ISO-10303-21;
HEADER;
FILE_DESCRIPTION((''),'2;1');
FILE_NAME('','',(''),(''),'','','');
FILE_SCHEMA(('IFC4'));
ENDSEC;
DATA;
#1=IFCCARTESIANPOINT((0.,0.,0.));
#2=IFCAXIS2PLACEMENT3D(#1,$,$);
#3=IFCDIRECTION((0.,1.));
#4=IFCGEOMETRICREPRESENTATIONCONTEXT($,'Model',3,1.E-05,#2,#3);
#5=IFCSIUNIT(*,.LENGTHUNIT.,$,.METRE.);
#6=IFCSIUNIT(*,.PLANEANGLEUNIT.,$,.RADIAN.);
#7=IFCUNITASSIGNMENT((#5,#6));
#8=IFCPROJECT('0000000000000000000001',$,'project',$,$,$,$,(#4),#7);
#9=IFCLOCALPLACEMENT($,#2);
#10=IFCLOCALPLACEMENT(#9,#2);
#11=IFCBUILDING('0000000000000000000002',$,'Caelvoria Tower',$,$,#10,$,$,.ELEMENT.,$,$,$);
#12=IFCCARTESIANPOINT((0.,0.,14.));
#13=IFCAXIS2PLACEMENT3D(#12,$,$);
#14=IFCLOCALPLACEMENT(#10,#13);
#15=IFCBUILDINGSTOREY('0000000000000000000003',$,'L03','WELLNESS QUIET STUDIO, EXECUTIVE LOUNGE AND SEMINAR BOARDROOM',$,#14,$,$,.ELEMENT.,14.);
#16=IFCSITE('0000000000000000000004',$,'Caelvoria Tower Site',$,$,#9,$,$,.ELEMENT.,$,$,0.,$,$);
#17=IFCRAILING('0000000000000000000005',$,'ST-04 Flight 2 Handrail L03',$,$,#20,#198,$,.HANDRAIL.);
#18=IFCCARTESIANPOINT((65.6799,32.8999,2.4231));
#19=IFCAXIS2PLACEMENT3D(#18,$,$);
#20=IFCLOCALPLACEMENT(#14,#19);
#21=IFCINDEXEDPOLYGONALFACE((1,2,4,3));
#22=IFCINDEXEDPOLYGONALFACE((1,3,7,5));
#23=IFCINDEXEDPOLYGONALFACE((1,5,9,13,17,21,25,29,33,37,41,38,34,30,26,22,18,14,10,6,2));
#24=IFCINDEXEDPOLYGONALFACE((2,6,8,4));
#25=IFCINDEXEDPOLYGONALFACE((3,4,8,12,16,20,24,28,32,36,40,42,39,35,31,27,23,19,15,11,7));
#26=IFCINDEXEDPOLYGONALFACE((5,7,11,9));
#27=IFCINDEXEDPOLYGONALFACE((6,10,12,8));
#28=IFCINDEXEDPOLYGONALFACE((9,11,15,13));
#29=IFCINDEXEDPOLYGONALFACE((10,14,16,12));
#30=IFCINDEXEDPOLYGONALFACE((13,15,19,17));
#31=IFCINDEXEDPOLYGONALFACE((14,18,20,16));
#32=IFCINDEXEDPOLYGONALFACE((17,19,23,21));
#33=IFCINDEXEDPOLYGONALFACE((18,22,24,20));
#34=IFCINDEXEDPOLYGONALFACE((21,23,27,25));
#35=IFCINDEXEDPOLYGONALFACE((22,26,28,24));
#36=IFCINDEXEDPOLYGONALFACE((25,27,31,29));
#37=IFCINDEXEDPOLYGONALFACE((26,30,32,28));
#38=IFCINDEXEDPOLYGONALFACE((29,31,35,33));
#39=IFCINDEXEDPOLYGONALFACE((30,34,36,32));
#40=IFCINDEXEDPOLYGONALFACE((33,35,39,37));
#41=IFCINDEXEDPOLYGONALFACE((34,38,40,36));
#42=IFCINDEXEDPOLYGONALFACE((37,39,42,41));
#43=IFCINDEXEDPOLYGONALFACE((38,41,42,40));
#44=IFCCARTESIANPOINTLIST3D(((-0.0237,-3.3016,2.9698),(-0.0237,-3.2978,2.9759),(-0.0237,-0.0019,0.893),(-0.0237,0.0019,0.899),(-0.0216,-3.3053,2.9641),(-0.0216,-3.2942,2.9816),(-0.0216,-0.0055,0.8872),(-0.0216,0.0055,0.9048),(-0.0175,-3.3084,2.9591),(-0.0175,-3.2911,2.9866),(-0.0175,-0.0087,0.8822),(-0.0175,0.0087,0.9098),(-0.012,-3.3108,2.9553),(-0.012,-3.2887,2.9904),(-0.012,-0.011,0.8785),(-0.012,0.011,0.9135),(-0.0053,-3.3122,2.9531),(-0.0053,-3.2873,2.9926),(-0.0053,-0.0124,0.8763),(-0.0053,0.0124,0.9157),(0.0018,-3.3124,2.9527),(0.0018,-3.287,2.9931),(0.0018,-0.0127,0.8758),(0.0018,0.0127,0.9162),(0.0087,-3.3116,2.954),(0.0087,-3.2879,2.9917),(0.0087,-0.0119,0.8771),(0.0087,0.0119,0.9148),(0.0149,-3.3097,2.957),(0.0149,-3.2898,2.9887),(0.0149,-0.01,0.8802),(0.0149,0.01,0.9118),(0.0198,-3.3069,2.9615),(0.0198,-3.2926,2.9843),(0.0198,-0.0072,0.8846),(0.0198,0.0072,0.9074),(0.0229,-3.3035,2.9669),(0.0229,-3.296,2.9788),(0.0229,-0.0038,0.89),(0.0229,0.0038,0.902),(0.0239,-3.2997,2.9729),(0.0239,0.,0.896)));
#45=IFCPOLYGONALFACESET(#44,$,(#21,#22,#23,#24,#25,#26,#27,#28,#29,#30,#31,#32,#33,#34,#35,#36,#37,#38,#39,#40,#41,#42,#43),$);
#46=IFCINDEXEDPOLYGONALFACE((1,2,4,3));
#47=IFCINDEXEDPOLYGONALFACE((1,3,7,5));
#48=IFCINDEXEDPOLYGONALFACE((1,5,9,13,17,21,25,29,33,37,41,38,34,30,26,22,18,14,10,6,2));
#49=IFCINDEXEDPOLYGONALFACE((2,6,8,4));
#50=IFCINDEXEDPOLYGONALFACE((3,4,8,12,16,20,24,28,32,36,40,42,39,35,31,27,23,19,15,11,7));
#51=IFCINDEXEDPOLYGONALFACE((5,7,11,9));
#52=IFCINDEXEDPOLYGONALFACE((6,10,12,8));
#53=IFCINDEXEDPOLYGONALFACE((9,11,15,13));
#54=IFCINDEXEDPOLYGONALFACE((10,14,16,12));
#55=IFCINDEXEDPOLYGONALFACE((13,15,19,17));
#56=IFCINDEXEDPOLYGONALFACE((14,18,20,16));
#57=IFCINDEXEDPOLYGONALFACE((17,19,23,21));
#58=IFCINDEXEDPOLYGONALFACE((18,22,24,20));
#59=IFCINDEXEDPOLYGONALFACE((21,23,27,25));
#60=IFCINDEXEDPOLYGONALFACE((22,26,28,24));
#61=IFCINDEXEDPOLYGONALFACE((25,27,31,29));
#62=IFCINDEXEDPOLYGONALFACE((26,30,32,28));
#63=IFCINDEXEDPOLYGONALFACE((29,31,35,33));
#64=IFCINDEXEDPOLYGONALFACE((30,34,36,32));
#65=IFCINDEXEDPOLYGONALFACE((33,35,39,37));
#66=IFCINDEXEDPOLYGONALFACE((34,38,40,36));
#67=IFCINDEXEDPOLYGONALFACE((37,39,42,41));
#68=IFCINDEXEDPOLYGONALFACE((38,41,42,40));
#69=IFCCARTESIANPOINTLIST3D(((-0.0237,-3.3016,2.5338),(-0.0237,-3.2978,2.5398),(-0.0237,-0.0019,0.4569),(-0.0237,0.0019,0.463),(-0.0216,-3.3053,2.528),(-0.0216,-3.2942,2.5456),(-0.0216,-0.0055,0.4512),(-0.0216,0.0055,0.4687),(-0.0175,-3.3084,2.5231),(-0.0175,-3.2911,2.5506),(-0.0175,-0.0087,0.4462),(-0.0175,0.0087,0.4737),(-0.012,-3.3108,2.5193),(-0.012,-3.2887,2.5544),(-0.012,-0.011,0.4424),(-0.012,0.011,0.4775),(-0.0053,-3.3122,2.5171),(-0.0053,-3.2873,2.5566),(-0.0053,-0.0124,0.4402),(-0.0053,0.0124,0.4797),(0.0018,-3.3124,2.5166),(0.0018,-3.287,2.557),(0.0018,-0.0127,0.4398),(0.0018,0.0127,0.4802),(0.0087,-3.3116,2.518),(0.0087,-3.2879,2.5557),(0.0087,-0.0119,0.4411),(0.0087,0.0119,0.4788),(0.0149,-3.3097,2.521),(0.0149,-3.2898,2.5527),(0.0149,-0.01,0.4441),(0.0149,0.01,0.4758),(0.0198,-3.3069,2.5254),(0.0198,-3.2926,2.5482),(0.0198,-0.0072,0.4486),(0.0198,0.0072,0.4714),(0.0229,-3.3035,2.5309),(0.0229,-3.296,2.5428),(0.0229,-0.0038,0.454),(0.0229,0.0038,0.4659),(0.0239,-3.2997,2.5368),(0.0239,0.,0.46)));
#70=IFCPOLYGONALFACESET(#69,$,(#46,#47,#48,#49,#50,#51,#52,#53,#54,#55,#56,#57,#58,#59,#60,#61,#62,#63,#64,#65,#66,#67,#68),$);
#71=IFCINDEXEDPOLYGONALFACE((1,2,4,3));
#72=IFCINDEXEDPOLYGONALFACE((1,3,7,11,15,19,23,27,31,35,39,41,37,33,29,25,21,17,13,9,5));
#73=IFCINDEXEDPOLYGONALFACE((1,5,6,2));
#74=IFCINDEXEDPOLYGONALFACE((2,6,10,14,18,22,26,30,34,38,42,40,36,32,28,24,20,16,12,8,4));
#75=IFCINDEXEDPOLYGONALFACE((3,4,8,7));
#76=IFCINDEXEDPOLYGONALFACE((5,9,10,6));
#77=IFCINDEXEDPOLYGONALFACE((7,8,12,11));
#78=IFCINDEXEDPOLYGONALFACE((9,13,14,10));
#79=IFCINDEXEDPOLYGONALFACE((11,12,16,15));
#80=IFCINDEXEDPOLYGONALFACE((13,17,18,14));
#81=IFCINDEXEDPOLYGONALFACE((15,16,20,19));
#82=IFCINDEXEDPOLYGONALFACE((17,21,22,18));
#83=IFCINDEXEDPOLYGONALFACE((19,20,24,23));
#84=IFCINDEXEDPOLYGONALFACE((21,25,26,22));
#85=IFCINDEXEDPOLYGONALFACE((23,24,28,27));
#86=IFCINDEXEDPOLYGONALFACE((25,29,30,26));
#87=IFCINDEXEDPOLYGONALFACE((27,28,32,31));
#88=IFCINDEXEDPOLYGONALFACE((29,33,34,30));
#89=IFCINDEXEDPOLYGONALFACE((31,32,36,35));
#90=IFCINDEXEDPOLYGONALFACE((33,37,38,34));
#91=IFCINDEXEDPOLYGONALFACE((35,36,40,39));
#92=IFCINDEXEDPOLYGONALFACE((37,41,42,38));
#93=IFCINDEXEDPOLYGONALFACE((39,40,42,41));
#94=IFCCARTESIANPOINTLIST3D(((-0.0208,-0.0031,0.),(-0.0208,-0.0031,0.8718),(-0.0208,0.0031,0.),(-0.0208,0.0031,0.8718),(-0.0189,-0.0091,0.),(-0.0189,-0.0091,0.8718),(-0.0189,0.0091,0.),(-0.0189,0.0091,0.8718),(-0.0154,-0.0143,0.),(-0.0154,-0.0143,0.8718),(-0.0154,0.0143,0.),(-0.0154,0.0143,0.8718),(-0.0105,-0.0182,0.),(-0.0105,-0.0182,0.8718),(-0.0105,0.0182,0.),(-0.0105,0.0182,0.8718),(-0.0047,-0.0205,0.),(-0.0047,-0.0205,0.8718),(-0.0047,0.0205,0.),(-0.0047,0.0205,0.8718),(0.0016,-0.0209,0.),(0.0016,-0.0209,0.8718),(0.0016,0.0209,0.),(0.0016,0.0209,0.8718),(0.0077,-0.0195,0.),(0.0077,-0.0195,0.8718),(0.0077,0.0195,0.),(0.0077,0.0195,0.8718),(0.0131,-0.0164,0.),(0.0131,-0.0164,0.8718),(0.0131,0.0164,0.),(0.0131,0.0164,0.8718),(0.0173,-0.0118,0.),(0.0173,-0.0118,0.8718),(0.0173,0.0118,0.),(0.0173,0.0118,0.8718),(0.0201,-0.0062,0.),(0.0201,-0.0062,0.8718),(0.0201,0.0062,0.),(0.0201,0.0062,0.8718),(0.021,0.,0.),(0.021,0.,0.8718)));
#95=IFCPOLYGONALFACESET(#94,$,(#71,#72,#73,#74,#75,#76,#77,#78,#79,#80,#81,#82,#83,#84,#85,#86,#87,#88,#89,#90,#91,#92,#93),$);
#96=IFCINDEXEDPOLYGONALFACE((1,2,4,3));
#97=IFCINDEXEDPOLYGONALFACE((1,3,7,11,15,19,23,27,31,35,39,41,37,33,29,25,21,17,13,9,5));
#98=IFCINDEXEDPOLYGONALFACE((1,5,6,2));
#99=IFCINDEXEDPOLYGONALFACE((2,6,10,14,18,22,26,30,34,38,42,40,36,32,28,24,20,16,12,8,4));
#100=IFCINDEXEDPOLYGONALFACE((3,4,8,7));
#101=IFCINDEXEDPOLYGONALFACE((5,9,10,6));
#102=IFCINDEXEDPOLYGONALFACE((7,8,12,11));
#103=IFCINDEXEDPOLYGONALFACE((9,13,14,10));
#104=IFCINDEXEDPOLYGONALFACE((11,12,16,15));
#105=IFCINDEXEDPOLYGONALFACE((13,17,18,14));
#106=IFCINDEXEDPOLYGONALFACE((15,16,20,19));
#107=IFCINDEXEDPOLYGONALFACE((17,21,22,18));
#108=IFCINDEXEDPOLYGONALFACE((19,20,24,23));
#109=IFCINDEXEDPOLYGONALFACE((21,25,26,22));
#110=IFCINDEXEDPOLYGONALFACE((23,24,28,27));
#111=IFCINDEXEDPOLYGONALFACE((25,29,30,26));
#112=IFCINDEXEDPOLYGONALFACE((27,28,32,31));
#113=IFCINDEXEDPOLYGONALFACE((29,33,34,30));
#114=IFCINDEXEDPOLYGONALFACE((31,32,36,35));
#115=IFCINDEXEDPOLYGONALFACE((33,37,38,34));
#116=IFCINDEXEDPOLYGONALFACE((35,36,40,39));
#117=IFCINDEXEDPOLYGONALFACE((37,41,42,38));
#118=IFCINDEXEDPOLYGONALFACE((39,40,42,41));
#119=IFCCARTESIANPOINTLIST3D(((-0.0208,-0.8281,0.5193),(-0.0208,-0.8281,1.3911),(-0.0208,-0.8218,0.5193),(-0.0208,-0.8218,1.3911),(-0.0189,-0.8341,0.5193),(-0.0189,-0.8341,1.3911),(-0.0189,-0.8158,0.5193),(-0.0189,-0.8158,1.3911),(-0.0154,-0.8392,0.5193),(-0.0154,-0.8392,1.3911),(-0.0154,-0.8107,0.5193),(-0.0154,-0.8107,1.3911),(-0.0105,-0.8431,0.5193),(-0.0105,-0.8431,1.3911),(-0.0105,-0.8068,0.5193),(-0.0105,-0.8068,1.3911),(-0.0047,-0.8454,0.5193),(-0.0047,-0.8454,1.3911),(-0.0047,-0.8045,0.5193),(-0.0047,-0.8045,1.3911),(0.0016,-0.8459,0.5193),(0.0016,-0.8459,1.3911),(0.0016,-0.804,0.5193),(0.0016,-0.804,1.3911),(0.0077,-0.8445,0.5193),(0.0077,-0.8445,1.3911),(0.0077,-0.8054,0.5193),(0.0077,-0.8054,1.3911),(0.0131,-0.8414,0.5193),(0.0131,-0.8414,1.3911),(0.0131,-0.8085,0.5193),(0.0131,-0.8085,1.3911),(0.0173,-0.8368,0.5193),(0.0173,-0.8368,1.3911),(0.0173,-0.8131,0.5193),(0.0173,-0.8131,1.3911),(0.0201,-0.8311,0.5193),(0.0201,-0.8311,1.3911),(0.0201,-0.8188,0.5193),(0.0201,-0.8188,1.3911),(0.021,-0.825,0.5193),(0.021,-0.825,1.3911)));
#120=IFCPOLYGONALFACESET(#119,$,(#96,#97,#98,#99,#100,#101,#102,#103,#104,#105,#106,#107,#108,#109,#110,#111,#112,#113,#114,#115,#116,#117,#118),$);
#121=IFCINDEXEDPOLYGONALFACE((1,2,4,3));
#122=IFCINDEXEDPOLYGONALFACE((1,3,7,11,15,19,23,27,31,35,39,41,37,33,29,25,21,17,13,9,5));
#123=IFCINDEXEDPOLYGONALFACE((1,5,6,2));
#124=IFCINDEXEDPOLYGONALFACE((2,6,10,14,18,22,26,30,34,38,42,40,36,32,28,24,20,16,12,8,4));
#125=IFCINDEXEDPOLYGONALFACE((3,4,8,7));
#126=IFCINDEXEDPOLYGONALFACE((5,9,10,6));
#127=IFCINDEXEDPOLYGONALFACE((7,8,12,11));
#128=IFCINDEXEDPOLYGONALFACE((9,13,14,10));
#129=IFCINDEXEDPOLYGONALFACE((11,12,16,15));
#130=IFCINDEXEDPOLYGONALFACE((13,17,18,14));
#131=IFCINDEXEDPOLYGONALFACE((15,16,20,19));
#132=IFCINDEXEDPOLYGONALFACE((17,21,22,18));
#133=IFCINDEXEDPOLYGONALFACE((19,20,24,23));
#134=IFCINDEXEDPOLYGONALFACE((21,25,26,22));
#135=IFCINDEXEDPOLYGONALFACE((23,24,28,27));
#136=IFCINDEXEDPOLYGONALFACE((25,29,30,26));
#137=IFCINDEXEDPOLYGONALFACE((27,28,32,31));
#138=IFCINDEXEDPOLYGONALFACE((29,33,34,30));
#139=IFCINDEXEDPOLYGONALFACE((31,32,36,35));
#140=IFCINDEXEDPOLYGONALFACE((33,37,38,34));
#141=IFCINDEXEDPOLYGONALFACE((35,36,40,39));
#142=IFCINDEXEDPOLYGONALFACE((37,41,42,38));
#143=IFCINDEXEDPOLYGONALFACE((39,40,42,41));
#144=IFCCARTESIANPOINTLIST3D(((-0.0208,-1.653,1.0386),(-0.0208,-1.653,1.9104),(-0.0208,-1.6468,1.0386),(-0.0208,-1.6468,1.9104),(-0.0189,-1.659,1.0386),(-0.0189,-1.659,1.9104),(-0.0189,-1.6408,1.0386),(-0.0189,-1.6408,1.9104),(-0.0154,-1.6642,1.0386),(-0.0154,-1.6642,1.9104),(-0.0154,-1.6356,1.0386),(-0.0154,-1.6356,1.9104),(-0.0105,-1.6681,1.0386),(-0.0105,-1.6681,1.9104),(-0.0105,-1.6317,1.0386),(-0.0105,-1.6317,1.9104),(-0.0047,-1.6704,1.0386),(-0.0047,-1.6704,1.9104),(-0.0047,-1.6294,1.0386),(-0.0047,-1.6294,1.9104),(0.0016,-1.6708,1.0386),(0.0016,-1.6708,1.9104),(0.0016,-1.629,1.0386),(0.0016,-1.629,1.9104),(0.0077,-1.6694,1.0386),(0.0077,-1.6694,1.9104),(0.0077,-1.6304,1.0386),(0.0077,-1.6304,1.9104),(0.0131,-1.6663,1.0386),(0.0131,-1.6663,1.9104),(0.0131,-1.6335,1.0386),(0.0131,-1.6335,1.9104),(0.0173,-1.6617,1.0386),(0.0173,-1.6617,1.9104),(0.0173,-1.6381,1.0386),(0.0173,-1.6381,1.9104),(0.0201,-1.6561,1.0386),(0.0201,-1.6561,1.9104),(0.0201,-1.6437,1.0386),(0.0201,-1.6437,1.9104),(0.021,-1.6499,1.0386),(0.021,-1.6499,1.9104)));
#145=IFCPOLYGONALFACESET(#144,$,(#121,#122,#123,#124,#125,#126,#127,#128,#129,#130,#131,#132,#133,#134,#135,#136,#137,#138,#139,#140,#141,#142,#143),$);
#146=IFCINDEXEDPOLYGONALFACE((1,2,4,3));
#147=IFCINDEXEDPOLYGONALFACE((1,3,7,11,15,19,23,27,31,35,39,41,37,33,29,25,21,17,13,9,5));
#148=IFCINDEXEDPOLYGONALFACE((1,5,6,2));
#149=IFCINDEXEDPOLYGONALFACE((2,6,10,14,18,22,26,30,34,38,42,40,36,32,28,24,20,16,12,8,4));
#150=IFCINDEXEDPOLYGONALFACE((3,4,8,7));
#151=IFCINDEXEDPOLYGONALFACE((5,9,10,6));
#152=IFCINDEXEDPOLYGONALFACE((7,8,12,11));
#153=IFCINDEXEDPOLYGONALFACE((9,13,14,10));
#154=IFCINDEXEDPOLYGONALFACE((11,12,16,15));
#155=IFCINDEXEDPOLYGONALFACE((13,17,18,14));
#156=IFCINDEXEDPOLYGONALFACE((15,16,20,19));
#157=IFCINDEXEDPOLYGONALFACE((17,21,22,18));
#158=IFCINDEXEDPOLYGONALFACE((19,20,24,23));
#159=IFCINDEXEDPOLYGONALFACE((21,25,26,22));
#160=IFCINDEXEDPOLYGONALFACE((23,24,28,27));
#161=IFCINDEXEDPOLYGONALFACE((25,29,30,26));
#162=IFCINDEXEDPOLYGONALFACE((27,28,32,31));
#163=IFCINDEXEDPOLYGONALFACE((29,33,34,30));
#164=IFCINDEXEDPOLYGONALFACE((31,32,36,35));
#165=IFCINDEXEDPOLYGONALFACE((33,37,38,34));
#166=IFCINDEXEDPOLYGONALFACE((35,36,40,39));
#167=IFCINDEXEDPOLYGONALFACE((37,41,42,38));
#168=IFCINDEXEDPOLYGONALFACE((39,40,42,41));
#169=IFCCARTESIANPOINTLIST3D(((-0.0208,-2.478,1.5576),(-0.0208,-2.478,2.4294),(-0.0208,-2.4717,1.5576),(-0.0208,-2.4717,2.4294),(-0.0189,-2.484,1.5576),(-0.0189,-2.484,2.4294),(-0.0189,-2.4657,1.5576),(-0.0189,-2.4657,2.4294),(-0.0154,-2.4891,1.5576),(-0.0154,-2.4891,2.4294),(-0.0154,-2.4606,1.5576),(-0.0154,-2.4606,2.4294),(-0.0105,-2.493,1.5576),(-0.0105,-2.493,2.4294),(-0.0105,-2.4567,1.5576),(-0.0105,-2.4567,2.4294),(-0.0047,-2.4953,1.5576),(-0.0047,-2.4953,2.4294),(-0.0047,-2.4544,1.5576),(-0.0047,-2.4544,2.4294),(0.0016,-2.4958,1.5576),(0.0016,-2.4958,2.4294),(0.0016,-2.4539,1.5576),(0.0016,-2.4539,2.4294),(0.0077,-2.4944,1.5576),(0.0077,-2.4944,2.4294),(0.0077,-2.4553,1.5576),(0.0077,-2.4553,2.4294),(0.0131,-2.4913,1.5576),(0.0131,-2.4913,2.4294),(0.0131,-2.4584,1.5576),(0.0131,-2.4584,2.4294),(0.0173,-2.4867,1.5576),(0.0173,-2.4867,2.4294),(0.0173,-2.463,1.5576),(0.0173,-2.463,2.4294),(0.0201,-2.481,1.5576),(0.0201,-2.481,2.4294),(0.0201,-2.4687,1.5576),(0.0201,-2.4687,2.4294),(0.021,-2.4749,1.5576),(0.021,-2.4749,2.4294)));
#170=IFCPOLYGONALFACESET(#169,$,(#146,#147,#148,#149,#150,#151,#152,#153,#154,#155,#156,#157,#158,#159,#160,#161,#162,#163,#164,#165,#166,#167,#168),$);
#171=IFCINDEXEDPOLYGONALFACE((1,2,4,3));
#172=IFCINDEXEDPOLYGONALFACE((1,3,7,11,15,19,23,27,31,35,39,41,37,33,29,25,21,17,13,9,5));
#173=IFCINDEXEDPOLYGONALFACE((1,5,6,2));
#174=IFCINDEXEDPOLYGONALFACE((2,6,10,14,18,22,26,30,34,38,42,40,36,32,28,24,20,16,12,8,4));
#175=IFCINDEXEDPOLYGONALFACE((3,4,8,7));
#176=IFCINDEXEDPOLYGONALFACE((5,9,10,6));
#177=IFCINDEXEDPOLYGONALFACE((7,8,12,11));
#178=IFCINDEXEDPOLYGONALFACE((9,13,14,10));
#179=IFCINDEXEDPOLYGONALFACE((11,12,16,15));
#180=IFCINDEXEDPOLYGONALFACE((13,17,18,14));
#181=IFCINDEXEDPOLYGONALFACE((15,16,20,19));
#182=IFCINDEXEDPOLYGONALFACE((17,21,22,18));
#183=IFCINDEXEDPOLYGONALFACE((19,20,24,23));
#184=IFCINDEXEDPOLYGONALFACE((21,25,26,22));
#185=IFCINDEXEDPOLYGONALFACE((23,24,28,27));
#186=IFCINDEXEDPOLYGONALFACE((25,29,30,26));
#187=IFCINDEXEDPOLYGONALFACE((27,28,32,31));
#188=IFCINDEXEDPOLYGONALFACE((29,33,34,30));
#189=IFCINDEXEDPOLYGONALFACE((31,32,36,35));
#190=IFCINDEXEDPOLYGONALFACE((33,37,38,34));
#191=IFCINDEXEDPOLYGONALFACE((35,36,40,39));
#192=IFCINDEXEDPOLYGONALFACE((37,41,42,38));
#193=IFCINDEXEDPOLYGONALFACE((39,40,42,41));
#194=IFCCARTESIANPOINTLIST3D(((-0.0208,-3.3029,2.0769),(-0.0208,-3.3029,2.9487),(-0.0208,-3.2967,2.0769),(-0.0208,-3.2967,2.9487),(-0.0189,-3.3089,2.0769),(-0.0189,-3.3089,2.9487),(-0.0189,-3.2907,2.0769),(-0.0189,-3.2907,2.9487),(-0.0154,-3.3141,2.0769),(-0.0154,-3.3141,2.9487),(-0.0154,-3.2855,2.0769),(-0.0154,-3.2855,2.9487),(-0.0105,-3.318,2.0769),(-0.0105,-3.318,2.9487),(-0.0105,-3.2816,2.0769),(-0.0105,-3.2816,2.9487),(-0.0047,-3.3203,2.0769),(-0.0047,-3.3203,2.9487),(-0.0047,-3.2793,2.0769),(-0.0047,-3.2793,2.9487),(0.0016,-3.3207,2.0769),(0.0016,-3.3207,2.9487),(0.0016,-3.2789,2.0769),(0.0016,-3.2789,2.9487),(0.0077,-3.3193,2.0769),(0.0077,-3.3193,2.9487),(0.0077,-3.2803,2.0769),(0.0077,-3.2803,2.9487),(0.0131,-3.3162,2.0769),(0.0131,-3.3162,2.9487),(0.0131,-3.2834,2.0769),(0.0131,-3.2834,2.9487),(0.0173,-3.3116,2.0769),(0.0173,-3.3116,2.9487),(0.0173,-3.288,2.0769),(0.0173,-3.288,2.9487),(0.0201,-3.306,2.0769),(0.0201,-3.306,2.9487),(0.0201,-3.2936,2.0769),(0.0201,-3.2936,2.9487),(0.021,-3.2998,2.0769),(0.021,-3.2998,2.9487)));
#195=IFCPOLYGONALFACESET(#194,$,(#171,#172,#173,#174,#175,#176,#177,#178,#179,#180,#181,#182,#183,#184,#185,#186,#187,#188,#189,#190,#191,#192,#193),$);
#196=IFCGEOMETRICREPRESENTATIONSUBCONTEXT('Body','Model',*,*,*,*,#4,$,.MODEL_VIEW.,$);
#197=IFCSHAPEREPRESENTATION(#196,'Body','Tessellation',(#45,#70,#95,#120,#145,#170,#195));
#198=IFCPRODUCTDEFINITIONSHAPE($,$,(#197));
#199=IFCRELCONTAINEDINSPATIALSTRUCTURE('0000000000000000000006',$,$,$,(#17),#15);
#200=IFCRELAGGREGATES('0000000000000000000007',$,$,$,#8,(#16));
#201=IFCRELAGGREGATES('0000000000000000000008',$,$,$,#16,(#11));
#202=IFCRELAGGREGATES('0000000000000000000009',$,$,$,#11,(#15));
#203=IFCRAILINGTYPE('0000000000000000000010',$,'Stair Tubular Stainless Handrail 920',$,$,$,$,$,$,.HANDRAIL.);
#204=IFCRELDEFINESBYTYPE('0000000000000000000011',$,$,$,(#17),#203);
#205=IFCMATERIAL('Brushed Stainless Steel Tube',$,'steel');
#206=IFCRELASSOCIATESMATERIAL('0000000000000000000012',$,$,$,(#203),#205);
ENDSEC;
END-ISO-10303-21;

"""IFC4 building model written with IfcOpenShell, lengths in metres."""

from ifc_helpers import new_model, si_unit, direction, frame, origin, origin_2d, place, context, subcontext, project, spatial, circle, extrude, material, type_object, element, save


model = new_model("IFC4")

# Units and contexts
model_context = context("Model", 3, precision=1e-05, world=origin(), true_north=direction((0.0, 1.0)))
body_context = subcontext(model_context, "Body", "Model", "MODEL_VIEW")
ifc_project = project(units=[si_unit("LENGTHUNIT", "METRE"), si_unit("PLANEANGLEUNIT", "RADIAN")], contexts=[model_context])

# Site, building, storey
site_placement = place(None, origin())
site = spatial("IfcSite", under=ifc_project, at=site_placement, Name="Caelvoria Tower Site", CompositionType="ELEMENT", RefElevation=0.0)
building_placement = place(site_placement, origin())
building = spatial("IfcBuilding", under=site, at=building_placement, Name="Caelvoria Tower", CompositionType="ELEMENT")
storey_placement = place(building_placement, frame((0.0, 0.0, 14.0)))
storey = spatial("IfcBuildingStorey", under=building, at=storey_placement, Name="L03", Description="WELLNESS QUIET STUDIO, EXECUTIVE LOUNGE AND SEMINAR BOARDROOM", CompositionType="ELEMENT", Elevation=14.0)

# Railing
ifc_material_1 = material(Name="Brushed Stainless Steel Tube", Category="steel")
railing_type_1 = type_object("IfcRailingType", Name="Stair Tubular Stainless Handrail 920", PredefinedType="HANDRAIL", material=ifc_material_1)
railing_1_placement = place(storey_placement, frame((65.6799, 32.8999, 2.4231)))
element("IfcRailing", 1, at=railing_1_placement, inside=storey, type_object=railing_type_1, Name="ST-04 Flight 2 Handrail L03", PredefinedType="HANDRAIL", context=body_context, shape_type="SweptSolid", body=[
    extrude(circle(Radius=0.0239, at=origin_2d()), frame((0.0, 0.0, 0.896), z_axis=(0.0, -0.84632, 0.532675), x_axis=(1.0, 0.0, 0.0)), (0.0, 0.0, 1.0), 3.8989),
    extrude(circle(Radius=0.0239, at=origin_2d()), frame((0.0, 0.0, 0.46), z_axis=(0.0, -0.84632, 0.532675), x_axis=(1.0, 0.0, 0.0)), (0.0, 0.0, 1.0), 3.8989),
    extrude(circle(Radius=0.021, at=origin_2d()), origin(), (0.0, 0.0, 1.0), 0.8718),
    extrude(circle(Radius=0.021, at=origin_2d()), frame((0.0, -0.825, 0.5193)), (0.0, 0.0, 1.0), 0.8718),
    extrude(circle(Radius=0.021, at=origin_2d()), frame((0.0, -1.6499, 1.0386)), (0.0, 0.0, 1.0), 0.8718),
    extrude(circle(Radius=0.021, at=origin_2d()), frame((0.0, -2.4749, 1.5576)), (0.0, 0.0, 1.0), 0.8718),
    extrude(circle(Radius=0.021, at=origin_2d()), frame((0.0, -3.2998, 2.0769)), (0.0, 0.0, 1.0), 0.8718),
])

save(model, "model.ifc")
